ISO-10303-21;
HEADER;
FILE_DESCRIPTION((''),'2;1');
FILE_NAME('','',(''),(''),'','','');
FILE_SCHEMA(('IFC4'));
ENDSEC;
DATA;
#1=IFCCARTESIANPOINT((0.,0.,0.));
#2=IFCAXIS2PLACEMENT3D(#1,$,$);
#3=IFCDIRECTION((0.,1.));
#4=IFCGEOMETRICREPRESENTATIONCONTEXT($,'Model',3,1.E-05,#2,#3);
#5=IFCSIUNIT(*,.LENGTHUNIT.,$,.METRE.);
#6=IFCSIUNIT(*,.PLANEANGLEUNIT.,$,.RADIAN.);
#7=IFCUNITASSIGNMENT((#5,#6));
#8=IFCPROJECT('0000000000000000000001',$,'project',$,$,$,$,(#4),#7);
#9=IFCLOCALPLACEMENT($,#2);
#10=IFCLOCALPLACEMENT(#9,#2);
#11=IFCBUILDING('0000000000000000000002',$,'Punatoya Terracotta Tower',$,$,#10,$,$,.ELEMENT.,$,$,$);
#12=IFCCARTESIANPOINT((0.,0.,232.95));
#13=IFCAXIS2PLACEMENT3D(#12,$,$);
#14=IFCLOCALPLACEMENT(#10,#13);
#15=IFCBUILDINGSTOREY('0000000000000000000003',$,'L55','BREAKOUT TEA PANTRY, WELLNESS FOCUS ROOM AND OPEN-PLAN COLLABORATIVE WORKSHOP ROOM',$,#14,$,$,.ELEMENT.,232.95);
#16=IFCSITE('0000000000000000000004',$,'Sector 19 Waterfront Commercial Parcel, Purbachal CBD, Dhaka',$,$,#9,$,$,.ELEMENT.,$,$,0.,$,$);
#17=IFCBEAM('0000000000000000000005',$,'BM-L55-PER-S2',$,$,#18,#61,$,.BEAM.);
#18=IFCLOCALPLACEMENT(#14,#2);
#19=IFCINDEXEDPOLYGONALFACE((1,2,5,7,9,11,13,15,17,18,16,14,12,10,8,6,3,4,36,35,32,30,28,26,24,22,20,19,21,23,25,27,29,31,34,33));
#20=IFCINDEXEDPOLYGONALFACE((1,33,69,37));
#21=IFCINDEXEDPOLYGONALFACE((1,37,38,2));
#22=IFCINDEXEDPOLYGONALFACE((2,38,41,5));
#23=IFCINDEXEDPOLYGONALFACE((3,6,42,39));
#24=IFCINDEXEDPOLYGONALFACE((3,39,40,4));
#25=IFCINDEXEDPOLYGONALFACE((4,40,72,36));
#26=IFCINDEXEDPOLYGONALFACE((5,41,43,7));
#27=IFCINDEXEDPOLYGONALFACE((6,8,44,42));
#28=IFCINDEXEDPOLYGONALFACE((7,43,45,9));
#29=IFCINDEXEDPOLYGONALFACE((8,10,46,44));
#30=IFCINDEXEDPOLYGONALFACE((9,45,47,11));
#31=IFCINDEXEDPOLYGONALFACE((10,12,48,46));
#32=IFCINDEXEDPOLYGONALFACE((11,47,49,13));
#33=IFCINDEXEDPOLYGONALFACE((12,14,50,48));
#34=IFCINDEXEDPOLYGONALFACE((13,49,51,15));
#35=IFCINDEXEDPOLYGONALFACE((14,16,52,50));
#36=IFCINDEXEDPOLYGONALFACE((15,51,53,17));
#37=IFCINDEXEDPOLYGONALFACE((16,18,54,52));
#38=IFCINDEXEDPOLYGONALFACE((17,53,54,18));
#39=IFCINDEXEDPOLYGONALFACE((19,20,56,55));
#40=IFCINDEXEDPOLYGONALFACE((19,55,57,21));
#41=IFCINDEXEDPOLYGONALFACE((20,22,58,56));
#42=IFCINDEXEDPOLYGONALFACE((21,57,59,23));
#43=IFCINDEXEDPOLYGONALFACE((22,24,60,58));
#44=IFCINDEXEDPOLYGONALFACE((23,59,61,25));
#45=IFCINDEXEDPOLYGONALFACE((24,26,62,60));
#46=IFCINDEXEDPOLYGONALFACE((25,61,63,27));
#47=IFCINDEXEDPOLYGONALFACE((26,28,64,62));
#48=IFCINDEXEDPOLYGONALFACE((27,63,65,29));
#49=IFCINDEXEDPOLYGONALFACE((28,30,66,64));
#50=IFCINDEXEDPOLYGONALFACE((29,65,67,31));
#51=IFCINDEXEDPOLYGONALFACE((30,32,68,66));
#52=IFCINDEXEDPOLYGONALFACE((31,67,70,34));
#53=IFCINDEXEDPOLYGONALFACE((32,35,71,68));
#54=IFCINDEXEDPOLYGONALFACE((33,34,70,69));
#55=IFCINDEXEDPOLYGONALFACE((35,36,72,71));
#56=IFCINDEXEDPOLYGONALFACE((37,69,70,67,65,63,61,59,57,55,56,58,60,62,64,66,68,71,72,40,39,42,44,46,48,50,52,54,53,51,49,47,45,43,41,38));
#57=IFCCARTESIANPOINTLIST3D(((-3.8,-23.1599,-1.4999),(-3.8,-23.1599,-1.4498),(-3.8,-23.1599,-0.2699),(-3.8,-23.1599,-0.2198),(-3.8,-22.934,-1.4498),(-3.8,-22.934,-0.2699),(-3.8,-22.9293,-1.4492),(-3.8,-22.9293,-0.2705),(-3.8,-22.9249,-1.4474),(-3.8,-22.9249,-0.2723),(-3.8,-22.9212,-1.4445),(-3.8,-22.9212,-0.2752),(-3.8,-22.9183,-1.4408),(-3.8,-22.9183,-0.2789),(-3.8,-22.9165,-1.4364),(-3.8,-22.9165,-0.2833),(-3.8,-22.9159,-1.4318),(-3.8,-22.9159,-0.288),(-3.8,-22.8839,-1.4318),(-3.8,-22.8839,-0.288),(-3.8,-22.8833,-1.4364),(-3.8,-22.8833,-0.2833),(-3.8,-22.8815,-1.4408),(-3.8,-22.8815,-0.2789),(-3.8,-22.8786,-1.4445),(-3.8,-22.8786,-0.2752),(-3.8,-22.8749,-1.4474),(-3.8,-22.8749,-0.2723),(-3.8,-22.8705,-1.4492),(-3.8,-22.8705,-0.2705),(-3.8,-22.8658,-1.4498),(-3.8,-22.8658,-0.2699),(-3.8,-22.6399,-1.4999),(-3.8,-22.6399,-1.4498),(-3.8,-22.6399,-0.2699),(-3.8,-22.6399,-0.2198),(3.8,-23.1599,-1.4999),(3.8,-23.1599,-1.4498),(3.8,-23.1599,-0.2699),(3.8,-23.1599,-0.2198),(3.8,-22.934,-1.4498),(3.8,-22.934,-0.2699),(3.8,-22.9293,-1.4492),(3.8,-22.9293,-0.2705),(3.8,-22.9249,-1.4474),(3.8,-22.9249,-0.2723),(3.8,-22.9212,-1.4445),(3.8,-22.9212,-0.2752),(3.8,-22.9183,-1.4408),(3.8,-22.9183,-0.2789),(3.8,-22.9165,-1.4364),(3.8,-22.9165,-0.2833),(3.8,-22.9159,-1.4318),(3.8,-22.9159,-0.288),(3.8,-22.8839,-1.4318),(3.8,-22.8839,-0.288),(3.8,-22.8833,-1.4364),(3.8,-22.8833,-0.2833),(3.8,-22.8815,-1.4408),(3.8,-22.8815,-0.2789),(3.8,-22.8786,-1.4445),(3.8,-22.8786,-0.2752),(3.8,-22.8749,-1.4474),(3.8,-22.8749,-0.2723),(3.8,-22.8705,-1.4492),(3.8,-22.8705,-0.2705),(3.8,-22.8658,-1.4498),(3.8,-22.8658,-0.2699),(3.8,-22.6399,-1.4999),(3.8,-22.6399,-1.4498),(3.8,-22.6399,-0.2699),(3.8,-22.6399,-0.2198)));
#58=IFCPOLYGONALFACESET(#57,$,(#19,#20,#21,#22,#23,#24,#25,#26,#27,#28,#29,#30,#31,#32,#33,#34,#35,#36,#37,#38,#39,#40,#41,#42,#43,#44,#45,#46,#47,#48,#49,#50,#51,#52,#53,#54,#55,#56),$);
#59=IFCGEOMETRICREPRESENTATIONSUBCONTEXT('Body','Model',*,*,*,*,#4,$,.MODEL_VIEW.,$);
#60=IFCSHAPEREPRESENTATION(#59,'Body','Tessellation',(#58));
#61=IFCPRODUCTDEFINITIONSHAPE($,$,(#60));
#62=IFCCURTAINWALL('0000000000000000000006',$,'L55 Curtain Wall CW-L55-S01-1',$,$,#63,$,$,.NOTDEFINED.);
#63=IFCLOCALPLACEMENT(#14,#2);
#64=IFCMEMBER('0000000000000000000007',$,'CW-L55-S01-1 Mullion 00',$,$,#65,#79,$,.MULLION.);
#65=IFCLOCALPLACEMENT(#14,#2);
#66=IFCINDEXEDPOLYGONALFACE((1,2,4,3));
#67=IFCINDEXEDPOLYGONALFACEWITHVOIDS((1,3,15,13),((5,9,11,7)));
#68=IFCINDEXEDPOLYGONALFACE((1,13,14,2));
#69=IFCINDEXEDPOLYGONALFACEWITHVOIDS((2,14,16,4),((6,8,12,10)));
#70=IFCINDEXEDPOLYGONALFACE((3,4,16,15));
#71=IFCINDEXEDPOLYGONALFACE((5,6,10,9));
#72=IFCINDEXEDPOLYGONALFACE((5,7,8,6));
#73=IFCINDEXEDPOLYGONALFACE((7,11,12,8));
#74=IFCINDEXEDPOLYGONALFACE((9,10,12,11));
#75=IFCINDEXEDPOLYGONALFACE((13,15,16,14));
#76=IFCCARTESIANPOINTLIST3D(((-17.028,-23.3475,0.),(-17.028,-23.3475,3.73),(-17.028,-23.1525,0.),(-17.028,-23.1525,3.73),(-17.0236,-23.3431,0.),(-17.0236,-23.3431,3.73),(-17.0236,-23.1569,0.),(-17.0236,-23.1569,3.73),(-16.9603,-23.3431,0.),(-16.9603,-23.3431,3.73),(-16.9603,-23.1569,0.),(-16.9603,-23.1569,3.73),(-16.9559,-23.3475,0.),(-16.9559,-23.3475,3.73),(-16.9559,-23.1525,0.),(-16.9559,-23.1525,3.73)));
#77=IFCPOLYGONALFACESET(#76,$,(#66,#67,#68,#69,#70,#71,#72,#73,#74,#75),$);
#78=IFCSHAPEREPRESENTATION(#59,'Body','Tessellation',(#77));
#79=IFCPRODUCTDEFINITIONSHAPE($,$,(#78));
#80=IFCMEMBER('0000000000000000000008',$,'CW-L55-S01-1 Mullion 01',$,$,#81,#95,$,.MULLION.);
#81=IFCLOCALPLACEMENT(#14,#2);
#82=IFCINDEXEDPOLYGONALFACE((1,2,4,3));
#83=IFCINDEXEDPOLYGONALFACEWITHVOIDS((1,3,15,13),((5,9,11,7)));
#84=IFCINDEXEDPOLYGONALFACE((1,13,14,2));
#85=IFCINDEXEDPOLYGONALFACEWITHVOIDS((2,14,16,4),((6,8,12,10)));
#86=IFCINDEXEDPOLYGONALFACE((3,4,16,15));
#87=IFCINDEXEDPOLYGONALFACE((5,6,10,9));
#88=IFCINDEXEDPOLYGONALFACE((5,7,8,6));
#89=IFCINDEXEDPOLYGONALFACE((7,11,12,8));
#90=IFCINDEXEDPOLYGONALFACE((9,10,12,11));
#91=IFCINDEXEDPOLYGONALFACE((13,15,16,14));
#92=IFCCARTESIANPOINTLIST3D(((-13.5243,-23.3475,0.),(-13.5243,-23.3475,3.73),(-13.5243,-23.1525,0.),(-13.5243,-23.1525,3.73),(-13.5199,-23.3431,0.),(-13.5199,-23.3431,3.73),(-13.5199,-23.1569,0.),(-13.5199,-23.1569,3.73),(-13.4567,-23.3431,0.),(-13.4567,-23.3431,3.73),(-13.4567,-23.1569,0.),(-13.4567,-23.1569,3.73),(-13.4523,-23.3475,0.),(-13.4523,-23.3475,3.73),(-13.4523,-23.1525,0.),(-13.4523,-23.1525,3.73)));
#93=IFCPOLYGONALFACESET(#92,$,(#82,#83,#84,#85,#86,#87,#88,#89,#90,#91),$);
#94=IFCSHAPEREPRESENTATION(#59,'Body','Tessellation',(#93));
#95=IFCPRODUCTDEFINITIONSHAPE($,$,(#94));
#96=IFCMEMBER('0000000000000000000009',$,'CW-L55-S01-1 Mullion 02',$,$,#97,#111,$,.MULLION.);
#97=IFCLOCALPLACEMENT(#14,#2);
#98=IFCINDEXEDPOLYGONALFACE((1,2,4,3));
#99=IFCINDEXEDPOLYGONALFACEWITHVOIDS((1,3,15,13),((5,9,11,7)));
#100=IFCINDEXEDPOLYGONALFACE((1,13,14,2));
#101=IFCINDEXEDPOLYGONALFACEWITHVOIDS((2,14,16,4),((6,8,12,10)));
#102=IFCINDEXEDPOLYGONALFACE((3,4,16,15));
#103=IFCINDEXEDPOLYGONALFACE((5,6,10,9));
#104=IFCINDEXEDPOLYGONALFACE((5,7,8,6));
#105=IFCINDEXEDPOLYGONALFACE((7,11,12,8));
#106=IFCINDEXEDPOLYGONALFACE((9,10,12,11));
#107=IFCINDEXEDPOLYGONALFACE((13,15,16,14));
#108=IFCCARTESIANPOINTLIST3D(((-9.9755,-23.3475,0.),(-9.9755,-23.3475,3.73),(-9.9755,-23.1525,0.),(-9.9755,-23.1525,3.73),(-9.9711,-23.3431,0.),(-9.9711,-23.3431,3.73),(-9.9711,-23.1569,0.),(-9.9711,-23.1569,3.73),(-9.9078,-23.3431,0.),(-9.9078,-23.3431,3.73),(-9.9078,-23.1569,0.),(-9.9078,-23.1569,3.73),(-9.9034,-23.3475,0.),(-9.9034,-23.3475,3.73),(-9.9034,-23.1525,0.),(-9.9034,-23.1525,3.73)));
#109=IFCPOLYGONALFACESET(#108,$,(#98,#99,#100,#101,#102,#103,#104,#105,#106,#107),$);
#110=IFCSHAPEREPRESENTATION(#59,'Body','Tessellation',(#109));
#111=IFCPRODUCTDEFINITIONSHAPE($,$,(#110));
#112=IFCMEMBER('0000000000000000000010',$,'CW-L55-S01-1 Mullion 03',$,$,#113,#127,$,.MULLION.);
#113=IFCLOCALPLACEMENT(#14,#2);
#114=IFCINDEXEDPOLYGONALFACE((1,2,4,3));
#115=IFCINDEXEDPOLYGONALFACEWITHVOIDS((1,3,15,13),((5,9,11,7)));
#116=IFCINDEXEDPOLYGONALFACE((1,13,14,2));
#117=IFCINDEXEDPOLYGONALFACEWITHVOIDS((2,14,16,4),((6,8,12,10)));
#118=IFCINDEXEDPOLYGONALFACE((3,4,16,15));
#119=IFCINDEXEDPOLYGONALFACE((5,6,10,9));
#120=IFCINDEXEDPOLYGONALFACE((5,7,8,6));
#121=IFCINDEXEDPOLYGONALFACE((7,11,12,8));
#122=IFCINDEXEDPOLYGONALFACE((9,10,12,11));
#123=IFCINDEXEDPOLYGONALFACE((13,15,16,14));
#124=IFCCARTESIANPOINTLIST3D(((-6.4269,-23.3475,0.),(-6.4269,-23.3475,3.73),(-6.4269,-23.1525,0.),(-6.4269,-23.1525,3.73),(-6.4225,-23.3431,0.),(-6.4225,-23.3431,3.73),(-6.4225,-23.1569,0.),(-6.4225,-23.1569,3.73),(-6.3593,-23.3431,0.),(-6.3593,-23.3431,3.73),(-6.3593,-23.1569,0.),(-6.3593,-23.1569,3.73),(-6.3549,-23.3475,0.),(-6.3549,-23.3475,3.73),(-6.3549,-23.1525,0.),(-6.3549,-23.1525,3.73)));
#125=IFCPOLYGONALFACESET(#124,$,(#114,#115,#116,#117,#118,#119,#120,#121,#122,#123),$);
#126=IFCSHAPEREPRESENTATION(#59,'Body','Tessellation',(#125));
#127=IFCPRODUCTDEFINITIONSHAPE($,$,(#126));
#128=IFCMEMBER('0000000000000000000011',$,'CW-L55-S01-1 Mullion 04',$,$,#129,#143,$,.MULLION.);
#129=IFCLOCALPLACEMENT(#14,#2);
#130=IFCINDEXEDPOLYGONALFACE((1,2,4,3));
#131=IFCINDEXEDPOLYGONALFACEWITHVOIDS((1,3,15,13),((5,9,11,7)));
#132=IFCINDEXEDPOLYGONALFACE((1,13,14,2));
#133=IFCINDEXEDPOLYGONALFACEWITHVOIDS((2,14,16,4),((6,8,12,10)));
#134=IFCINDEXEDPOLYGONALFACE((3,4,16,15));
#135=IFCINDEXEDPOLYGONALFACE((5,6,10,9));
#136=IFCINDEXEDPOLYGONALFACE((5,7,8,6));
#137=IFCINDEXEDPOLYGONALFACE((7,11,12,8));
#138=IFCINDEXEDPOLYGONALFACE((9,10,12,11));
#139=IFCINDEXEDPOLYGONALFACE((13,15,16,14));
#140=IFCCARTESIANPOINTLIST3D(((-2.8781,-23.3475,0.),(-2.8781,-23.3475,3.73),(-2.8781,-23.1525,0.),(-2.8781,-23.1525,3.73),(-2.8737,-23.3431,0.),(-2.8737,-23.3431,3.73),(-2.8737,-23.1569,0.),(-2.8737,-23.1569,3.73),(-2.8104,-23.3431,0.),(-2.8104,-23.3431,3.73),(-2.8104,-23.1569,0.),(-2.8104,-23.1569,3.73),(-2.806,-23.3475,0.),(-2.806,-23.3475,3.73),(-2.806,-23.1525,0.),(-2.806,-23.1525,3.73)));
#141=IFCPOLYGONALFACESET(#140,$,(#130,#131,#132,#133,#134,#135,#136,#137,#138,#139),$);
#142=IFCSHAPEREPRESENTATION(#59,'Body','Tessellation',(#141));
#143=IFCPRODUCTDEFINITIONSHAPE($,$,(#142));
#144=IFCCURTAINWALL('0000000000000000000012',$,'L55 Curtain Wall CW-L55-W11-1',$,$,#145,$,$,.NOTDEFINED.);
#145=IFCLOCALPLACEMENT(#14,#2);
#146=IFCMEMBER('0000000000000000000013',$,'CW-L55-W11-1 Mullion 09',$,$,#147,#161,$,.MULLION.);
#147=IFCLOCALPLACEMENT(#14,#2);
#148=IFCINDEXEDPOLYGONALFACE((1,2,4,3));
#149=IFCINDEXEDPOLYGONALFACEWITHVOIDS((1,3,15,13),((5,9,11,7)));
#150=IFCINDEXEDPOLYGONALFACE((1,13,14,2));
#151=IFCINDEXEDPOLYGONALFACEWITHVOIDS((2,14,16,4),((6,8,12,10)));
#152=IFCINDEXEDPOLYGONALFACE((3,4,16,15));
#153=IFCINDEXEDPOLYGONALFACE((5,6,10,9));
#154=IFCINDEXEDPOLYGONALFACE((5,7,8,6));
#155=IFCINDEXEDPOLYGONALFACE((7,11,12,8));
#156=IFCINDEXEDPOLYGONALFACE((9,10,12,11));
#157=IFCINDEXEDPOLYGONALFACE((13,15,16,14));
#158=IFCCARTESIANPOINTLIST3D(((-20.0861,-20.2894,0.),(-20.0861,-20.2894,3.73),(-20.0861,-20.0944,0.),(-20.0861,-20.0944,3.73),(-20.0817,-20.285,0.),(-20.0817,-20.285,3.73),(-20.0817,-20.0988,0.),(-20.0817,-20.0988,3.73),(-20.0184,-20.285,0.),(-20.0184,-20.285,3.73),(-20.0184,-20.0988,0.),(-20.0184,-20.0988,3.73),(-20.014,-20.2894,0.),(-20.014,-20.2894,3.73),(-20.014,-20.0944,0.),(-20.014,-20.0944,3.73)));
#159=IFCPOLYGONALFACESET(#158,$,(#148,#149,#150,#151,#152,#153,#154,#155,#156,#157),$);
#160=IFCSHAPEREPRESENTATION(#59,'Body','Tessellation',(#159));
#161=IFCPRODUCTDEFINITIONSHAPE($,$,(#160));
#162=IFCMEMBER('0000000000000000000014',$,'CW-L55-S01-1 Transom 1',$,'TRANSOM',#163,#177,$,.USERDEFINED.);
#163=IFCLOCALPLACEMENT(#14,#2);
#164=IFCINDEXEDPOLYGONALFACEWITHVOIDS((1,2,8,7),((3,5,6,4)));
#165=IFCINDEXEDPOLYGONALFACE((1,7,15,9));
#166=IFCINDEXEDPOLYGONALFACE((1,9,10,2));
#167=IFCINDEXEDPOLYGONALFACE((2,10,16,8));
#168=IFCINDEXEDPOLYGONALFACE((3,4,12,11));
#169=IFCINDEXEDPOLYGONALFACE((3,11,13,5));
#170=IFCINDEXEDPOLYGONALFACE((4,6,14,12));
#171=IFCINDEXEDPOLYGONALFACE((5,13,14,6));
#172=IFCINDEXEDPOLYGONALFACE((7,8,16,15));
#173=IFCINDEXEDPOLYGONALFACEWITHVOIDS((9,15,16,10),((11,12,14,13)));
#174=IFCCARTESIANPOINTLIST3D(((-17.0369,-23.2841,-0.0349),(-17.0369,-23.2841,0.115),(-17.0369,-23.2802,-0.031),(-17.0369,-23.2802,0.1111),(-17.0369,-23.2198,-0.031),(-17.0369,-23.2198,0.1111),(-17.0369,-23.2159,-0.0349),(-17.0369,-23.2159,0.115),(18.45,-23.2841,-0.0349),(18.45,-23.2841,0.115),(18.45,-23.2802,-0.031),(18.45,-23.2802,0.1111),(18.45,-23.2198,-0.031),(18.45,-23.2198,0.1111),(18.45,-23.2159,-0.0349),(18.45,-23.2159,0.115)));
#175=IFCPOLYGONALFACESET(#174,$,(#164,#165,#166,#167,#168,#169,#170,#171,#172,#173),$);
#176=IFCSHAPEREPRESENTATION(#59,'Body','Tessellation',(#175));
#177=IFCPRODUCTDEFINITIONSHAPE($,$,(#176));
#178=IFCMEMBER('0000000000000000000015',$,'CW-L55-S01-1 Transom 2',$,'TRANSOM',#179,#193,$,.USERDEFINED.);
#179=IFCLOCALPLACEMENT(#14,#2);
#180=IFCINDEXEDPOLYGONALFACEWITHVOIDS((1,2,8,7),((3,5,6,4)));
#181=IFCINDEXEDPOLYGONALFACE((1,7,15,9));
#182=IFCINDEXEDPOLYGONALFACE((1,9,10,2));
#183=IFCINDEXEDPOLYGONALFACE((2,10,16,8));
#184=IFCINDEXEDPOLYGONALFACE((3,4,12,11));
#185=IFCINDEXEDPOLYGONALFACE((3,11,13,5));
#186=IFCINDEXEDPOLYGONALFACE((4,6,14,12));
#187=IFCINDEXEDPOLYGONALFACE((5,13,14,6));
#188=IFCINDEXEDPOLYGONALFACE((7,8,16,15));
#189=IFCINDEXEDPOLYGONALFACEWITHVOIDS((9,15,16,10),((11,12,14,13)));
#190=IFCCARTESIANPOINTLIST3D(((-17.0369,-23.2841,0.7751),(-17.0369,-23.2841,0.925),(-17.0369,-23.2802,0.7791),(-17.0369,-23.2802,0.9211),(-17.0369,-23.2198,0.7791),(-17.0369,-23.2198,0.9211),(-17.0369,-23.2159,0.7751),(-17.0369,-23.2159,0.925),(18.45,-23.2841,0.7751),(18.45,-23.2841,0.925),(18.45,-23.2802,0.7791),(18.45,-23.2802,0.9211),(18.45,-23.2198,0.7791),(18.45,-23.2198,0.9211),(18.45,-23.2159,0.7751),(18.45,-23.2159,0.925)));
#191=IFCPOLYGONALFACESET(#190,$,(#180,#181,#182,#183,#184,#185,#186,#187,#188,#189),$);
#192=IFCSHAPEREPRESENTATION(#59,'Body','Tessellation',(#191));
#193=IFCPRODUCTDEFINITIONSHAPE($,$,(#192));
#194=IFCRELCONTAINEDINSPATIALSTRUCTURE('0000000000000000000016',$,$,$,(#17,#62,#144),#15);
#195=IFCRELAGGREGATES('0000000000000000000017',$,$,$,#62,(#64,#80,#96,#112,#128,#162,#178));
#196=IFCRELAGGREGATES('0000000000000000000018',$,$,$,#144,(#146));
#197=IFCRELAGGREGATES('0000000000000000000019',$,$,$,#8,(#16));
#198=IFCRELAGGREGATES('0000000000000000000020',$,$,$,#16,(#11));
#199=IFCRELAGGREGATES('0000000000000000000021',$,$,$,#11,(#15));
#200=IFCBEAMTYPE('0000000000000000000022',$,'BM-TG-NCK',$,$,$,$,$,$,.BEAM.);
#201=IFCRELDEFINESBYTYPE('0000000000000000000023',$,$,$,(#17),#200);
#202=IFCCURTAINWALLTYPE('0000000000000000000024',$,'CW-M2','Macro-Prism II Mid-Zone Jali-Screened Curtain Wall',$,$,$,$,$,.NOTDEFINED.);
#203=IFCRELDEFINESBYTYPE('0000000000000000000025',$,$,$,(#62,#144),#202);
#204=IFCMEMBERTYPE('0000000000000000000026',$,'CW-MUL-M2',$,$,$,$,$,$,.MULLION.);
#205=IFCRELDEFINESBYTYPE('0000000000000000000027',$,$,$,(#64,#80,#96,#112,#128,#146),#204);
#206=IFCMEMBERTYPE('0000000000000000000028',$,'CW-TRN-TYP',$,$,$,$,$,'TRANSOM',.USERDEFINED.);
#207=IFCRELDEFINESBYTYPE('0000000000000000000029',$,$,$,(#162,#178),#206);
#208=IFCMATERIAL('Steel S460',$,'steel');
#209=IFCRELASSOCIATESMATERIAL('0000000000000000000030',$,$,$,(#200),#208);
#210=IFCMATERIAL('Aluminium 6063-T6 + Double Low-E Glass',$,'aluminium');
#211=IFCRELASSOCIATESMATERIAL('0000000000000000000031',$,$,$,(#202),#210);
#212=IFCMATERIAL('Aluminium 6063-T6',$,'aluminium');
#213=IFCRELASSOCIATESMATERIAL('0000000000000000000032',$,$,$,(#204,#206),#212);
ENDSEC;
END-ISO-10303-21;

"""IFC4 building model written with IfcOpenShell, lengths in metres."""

from ifc_helpers import new_model, si_unit, direction, frame, origin, origin_2d, place, context, subcontext, project, spatial, hollow_rectangle, i_section, extrude, material, material_profile, profile_set, type_object, element, aggregate, save


model = new_model("IFC4")

# Units and contexts
model_context = context("Model", 3, precision=1e-05, world=origin(), true_north=direction((0.0, 1.0)))
body_context = subcontext(model_context, "Body", "Model", "MODEL_VIEW")
ifc_project = project(units=[si_unit("LENGTHUNIT", "METRE"), si_unit("PLANEANGLEUNIT", "RADIAN")], contexts=[model_context])

# Site, building, storey
site_placement = place(None, origin())
site = spatial("IfcSite", under=ifc_project, at=site_placement, Name="Sector 19 Waterfront Commercial Parcel, Purbachal CBD, Dhaka", CompositionType="ELEMENT", RefElevation=0.0)
building_placement = place(site_placement, origin())
building = spatial("IfcBuilding", under=site, at=building_placement, Name="Punatoya Terracotta Tower", CompositionType="ELEMENT")
storey_placement = place(building_placement, frame((0.0, 0.0, 232.95)))
storey = spatial("IfcBuildingStorey", under=building, at=storey_placement, Name="L55", Description="BREAKOUT TEA PANTRY, WELLNESS FOCUS ROOM AND OPEN-PLAN COLLABORATIVE WORKSHOP ROOM", CompositionType="ELEMENT", Elevation=232.95)

# Shared definitions
ifc_material_1 = material(Name="Steel S460", Category="steel")

# Beam
ifc_material_profile_1 = material_profile(ifc_material_1, i_section(OverallWidth=0.52, OverallDepth=1.28, WebThickness=0.032, FlangeThickness=0.05, FilletRadius=0.0181, at=origin_2d()))
ifc_profile_set_1 = profile_set([ifc_material_profile_1], Name="Steel S460")
beam_type_1 = type_object("IfcBeamType", Name="BM-TG-NCK", PredefinedType="BEAM", material=ifc_profile_set_1)
beam_1_placement = place(storey_placement, frame((-3.8, -22.8999, -0.8599), z_axis=(1.0, 0.0, 0.0), x_axis=(0.0, 1.0, 0.0)))
element("IfcBeam", 1, at=beam_1_placement, inside=storey, type_object=beam_type_1, Name="BM-L55-PER-S2", PredefinedType="BEAM", context=body_context, shape_type="SweptSolid", body=[
    extrude(i_section(OverallWidth=0.52, OverallDepth=1.28, WebThickness=0.032, FlangeThickness=0.05, FilletRadius=0.0181, at=origin_2d()), origin(), (0.0, 0.0, 1.0), 7.6001),
])

# Curtain wall, members
ifc_material_2 = material(Name="Aluminium 6063-T6 + Double Low-E Glass", Category="aluminium")
curtain_wall_type = type_object("IfcCurtainWallType", Name="CW-M2", Description="Macro-Prism II Mid-Zone Jali-Screened Curtain Wall", PredefinedType="NOTDEFINED", material=ifc_material_2)
curtain_wall_1_placement = place(storey_placement, origin())
curtain_wall_1 = element("IfcCurtainWall", 2, at=curtain_wall_1_placement, inside=storey, type_object=curtain_wall_type, Name="L55 Curtain Wall CW-L55-S01-1", PredefinedType="NOTDEFINED")
ifc_material_3 = material(Name="Aluminium 6063-T6", Category="aluminium")
ifc_material_profile_2 = material_profile(ifc_material_3, hollow_rectangle(XDim=0.072, YDim=0.1951, WallThickness=0.0044, at=origin_2d()))
ifc_profile_set_2 = profile_set([ifc_material_profile_2], Name="Aluminium 6063-T6")
member_type_1 = type_object("IfcMemberType", Name="CW-MUL-M2", PredefinedType="MULLION", material=ifc_profile_set_2)
member_1_placement = place(storey_placement, frame((-16.9919, -23.25, 0.0), z_axis=(0.0, 0.0, 1.0), x_axis=(1.0, 0.0, 0.0)))
member_1 = element("IfcMember", 3, at=member_1_placement, type_object=member_type_1, Name="CW-L55-S01-1 Mullion 00", PredefinedType="MULLION", context=body_context, shape_type="SweptSolid", body=[
    extrude(hollow_rectangle(XDim=0.072, YDim=0.1951, WallThickness=0.0044, at=origin_2d()), origin(), (0.0, 0.0, 1.0), 3.73),
])
member_2_placement = place(storey_placement, frame((-13.4883, -23.25, 0.0), z_axis=(0.0, 0.0, 1.0), x_axis=(1.0, 0.0, 0.0)))
member_2 = element("IfcMember", 4, at=member_2_placement, type_object=member_type_1, Name="CW-L55-S01-1 Mullion 01", PredefinedType="MULLION", context=body_context, shape_type="SweptSolid", body=[
    extrude(hollow_rectangle(XDim=0.072, YDim=0.1951, WallThickness=0.0044, at=origin_2d()), origin(), (0.0, 0.0, 1.0), 3.73),
])
member_3_placement = place(storey_placement, frame((-9.9395, -23.25, 0.0), z_axis=(0.0, 0.0, 1.0), x_axis=(1.0, 0.0, 0.0)))
member_3 = element("IfcMember", 5, at=member_3_placement, type_object=member_type_1, Name="CW-L55-S01-1 Mullion 02", PredefinedType="MULLION", context=body_context, shape_type="SweptSolid", body=[
    extrude(hollow_rectangle(XDim=0.072, YDim=0.1951, WallThickness=0.0044, at=origin_2d()), origin(), (0.0, 0.0, 1.0), 3.73),
])
member_4_placement = place(storey_placement, frame((-6.3909, -23.25, 0.0), z_axis=(0.0, 0.0, 1.0), x_axis=(1.0, 0.0, 0.0)))
member_4 = element("IfcMember", 6, at=member_4_placement, type_object=member_type_1, Name="CW-L55-S01-1 Mullion 03", PredefinedType="MULLION", context=body_context, shape_type="SweptSolid", body=[
    extrude(hollow_rectangle(XDim=0.072, YDim=0.1951, WallThickness=0.0044, at=origin_2d()), origin(), (0.0, 0.0, 1.0), 3.73),
])
member_5_placement = place(storey_placement, frame((-2.842, -23.25, 0.0), z_axis=(0.0, 0.0, 1.0), x_axis=(1.0, 0.0, 0.0)))
member_5 = element("IfcMember", 7, at=member_5_placement, type_object=member_type_1, Name="CW-L55-S01-1 Mullion 04", PredefinedType="MULLION", context=body_context, shape_type="SweptSolid", body=[
    extrude(hollow_rectangle(XDim=0.072, YDim=0.1951, WallThickness=0.0044, at=origin_2d()), origin(), (0.0, 0.0, 1.0), 3.73),
])

# Curtain wall, member
curtain_wall_2_placement = place(storey_placement, origin())
curtain_wall_2 = element("IfcCurtainWall", 8, at=curtain_wall_2_placement, inside=storey, type_object=curtain_wall_type, Name="L55 Curtain Wall CW-L55-W11-1", PredefinedType="NOTDEFINED")
member_6_placement = place(storey_placement, frame((-20.05, -20.1919, 0.0), z_axis=(0.0, 0.0, 1.0), x_axis=(1.0, 0.0, 0.0)))
member_6 = element("IfcMember", 9, at=member_6_placement, type_object=member_type_1, Name="CW-L55-W11-1 Mullion 09", PredefinedType="MULLION", context=body_context, shape_type="SweptSolid", body=[
    extrude(hollow_rectangle(XDim=0.072, YDim=0.1951, WallThickness=0.0044, at=origin_2d()), origin(), (0.0, 0.0, 1.0), 3.73),
])

# Members
ifc_material_profile_3 = material_profile(ifc_material_3, hollow_rectangle(XDim=0.0681, YDim=0.1499, WallThickness=0.0039, at=origin_2d()))
ifc_profile_set_3 = profile_set([ifc_material_profile_3], Name="Aluminium 6063-T6")
member_type_2 = type_object("IfcMemberType", Name="CW-TRN-TYP", ElementType="TRANSOM", PredefinedType="USERDEFINED", material=ifc_profile_set_3)
member_7_placement = place(storey_placement, frame((-17.0369, -23.25, 0.04), z_axis=(1.0, 0.0, 0.0), x_axis=(0.0, 1.0, 0.0)))
member_7 = element("IfcMember", 10, at=member_7_placement, type_object=member_type_2, Name="CW-L55-S01-1 Transom 1", ObjectType="TRANSOM", PredefinedType="USERDEFINED", context=body_context, shape_type="SweptSolid", body=[
    extrude(hollow_rectangle(XDim=0.0681, YDim=0.1499, WallThickness=0.0039, at=origin_2d()), origin(), (0.0, 0.0, 1.0), 35.4868),
])
member_8_placement = place(storey_placement, frame((-17.0369, -23.25, 0.8501), z_axis=(1.0, 0.0, 0.0), x_axis=(0.0, 1.0, 0.0)))
member_8 = element("IfcMember", 11, at=member_8_placement, type_object=member_type_2, Name="CW-L55-S01-1 Transom 2", ObjectType="TRANSOM", PredefinedType="USERDEFINED", context=body_context, shape_type="SweptSolid", body=[
    extrude(hollow_rectangle(XDim=0.0681, YDim=0.1499, WallThickness=0.0039, at=origin_2d()), origin(), (0.0, 0.0, 1.0), 35.4868),
])

aggregate(curtain_wall_1, [member_1, member_2, member_3, member_4, member_5, member_7, member_8])
aggregate(curtain_wall_2, [member_6])

save(model, "model.ifc")
